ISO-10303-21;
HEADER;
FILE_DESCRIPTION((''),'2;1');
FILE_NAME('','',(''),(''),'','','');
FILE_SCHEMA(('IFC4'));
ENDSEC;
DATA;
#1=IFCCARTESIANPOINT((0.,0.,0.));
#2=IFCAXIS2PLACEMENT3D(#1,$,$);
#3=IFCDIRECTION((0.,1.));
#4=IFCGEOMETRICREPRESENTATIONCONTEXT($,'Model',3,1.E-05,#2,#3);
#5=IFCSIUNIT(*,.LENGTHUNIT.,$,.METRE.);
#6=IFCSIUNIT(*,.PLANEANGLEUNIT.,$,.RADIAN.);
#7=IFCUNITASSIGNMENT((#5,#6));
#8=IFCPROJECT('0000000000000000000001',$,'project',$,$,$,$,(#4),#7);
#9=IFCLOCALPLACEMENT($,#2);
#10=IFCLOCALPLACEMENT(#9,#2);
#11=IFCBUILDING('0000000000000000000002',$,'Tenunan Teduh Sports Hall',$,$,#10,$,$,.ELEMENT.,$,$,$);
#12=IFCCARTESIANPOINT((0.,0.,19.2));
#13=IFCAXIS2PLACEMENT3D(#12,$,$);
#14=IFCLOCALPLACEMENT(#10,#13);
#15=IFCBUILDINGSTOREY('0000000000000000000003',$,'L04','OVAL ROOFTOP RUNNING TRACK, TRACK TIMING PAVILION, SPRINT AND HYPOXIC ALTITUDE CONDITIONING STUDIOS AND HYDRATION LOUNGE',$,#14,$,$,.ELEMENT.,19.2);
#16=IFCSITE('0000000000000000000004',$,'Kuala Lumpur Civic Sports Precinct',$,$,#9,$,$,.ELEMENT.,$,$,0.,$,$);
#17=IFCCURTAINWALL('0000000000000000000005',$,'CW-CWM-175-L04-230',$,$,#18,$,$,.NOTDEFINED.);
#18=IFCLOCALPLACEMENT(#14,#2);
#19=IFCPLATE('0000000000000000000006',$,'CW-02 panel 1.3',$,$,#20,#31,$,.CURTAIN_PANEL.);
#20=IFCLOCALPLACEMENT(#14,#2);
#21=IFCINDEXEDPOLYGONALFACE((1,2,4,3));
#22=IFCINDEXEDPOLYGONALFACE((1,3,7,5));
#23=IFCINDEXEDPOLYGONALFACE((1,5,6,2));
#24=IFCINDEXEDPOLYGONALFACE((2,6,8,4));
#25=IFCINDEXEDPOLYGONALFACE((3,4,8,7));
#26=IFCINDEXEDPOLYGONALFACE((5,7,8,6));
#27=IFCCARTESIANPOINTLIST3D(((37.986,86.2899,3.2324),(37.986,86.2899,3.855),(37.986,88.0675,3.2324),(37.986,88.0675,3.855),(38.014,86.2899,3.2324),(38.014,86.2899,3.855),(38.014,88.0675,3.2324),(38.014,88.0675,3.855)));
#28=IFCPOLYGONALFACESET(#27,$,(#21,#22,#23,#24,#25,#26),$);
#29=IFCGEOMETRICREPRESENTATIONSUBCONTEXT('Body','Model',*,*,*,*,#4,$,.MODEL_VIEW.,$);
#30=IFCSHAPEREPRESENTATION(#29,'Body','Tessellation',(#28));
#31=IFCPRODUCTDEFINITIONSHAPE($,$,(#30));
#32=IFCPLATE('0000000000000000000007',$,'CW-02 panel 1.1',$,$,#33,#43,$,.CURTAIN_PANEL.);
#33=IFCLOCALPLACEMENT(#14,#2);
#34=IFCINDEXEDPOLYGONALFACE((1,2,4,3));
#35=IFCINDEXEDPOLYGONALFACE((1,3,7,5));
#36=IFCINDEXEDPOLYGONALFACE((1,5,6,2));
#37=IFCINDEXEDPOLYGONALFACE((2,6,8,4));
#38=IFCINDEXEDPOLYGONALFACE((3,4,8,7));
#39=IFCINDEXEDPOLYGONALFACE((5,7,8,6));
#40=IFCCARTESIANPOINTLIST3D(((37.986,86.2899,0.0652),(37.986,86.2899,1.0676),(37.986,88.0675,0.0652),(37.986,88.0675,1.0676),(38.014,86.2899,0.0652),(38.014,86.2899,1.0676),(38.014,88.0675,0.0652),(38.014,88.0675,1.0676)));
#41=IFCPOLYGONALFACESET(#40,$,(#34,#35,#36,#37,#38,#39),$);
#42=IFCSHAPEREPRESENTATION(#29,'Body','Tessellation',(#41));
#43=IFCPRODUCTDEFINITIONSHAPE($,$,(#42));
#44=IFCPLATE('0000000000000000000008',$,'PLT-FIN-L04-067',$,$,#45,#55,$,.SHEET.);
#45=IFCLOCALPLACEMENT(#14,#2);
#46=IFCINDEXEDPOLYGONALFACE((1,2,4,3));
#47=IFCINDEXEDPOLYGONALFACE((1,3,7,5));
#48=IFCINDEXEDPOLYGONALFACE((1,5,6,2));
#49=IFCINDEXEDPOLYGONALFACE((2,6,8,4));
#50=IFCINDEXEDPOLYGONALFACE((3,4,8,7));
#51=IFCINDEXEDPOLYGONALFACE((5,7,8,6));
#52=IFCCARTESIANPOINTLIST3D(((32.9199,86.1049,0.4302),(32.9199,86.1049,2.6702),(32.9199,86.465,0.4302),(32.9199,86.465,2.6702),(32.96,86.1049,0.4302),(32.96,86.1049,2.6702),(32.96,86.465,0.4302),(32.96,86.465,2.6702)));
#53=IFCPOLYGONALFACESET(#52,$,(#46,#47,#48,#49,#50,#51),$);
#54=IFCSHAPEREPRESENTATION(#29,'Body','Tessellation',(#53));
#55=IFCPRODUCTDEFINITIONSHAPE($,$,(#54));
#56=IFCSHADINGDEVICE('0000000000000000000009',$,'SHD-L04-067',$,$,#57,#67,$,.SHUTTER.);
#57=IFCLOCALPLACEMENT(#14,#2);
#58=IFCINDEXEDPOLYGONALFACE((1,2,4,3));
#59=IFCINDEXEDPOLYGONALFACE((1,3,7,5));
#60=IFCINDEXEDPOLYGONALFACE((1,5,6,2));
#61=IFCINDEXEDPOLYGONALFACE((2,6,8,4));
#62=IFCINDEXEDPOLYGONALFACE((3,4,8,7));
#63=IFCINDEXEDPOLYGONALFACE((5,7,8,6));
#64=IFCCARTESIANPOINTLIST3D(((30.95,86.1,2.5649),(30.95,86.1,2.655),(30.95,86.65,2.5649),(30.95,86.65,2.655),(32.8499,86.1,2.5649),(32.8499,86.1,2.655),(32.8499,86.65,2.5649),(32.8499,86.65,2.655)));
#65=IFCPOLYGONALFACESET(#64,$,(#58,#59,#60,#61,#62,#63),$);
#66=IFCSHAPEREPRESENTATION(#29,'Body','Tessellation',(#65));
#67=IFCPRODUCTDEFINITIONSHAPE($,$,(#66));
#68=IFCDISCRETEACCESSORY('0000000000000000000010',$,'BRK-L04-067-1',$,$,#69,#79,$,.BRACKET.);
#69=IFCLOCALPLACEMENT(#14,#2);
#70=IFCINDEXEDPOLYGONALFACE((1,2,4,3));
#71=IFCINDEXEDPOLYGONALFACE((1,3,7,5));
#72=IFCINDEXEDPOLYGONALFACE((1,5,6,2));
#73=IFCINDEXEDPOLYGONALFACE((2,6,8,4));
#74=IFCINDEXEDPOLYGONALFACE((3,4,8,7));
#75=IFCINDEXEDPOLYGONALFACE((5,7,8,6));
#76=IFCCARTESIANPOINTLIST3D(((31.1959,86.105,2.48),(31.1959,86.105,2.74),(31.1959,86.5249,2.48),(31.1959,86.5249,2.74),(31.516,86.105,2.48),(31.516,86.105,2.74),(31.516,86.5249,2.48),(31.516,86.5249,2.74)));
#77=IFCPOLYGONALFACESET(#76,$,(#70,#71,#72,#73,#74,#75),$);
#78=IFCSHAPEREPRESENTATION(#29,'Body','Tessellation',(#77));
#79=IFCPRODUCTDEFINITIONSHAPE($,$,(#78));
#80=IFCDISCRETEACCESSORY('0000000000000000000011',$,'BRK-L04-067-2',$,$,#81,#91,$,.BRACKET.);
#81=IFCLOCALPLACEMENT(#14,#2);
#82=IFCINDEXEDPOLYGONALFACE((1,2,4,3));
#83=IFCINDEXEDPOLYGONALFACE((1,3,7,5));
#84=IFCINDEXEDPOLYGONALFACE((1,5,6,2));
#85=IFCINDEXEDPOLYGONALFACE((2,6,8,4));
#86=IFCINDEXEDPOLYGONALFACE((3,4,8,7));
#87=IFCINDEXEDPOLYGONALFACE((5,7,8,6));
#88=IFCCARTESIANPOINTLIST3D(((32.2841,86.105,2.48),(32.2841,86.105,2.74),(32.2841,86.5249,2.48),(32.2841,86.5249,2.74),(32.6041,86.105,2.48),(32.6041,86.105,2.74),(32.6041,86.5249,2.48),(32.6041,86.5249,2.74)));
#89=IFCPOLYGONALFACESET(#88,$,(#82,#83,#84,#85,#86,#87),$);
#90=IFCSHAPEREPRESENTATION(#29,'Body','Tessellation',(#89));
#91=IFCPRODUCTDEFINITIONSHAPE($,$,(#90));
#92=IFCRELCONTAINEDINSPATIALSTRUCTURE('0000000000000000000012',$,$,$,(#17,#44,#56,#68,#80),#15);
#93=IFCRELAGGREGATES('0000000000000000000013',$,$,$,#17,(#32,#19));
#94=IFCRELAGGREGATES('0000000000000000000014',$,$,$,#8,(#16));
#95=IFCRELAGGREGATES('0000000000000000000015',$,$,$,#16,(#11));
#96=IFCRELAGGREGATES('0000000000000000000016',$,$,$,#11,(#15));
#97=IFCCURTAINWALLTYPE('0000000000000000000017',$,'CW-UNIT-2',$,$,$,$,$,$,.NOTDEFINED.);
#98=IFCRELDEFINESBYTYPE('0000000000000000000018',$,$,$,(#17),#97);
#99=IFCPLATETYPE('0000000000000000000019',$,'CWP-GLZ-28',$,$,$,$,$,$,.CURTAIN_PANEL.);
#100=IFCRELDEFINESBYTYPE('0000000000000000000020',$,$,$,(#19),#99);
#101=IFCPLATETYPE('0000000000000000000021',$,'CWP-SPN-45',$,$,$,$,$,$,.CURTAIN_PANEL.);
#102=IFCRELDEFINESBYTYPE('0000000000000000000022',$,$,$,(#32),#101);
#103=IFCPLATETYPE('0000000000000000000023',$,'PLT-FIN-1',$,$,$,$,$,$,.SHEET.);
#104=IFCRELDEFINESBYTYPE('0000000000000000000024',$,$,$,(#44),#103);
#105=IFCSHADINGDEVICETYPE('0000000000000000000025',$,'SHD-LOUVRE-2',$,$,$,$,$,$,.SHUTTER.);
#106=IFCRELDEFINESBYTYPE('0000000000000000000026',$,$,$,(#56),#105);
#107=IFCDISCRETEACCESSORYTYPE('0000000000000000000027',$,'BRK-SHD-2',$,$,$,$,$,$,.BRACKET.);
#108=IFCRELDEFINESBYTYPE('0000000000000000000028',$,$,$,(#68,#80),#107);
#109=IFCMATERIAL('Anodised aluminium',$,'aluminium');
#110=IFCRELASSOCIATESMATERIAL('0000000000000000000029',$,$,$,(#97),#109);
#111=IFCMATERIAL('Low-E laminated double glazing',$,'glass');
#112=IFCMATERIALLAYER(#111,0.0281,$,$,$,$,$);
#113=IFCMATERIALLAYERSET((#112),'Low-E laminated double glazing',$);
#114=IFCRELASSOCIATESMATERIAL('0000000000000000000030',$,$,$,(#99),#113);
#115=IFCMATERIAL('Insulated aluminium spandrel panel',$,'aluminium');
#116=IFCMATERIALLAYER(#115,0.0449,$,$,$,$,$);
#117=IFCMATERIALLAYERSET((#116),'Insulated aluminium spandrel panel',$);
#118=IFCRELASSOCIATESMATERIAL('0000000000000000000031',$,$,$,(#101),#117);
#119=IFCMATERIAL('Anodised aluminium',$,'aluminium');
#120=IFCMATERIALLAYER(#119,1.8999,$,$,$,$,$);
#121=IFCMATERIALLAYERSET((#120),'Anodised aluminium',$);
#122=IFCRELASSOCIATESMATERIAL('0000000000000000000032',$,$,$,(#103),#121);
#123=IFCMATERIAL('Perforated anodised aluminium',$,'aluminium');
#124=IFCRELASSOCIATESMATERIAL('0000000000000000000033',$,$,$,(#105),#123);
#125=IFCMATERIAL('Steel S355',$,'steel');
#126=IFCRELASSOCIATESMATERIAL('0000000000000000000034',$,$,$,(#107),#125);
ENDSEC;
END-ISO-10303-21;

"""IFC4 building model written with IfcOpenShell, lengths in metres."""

from ifc_helpers import new_model, si_unit, direction, frame, origin, origin_2d, place, context, subcontext, project, spatial, rectangle, extrude, material, layer, layer_set, type_object, element, aggregate, save


model = new_model("IFC4")

# Units and contexts
model_context = context("Model", 3, precision=1e-05, world=origin(), true_north=direction((0.0, 1.0)))
body_context = subcontext(model_context, "Body", "Model", "MODEL_VIEW")
ifc_project = project(units=[si_unit("LENGTHUNIT", "METRE"), si_unit("PLANEANGLEUNIT", "RADIAN")], contexts=[model_context])

# Site, building, storey
site_placement = place(None, origin())
site = spatial("IfcSite", under=ifc_project, at=site_placement, Name="Kuala Lumpur Civic Sports Precinct", CompositionType="ELEMENT", RefElevation=0.0)
building_placement = place(site_placement, origin())
building = spatial("IfcBuilding", under=site, at=building_placement, Name="Tenunan Teduh Sports Hall", CompositionType="ELEMENT")
storey_placement = place(building_placement, frame((0.0, 0.0, 19.2)))
storey = spatial("IfcBuildingStorey", under=building, at=storey_placement, Name="L04", Description="OVAL ROOFTOP RUNNING TRACK, TRACK TIMING PAVILION, SPRINT AND HYPOXIC ALTITUDE CONDITIONING STUDIOS AND HYDRATION LOUNGE", CompositionType="ELEMENT", Elevation=19.2)

# Curtain wall, plates
ifc_material_1 = material(Name="Anodised aluminium", Category="aluminium")
curtain_wall_type = type_object("IfcCurtainWallType", Name="CW-UNIT-2", PredefinedType="NOTDEFINED", material=ifc_material_1)
curtain_wall_placement = place(storey_placement, origin())
curtain_wall = element("IfcCurtainWall", 1, at=curtain_wall_placement, inside=storey, type_object=curtain_wall_type, Name="CW-CWM-175-L04-230", PredefinedType="NOTDEFINED")
ifc_material_2 = material(Name="Low-E laminated double glazing", Category="glass")
ifc_layer_1 = layer(ifc_material_2, 0.0281)
ifc_layer_set_1 = layer_set([ifc_layer_1], Name="Low-E laminated double glazing")
plate_type_1 = type_object("IfcPlateType", Name="CWP-GLZ-28", PredefinedType="CURTAIN_PANEL", material=ifc_layer_set_1)
plate_1_placement = place(storey_placement, frame((38.0, 87.1787, 3.2324), z_axis=(0.0, 0.0, 1.0), x_axis=(0.0, 1.0, 0.0)))
plate_1 = element("IfcPlate", 2, at=plate_1_placement, type_object=plate_type_1, Name="CW-02 panel 1.3", PredefinedType="CURTAIN_PANEL", context=body_context, shape_type="SweptSolid", body=[
    extrude(rectangle(XDim=1.7776, YDim=0.0281, at=origin_2d()), origin(), (0.0, 0.0, 1.0), 0.6226),
])
ifc_material_3 = material(Name="Insulated aluminium spandrel panel", Category="aluminium")
ifc_layer_2 = layer(ifc_material_3, 0.0449)
ifc_layer_set_2 = layer_set([ifc_layer_2], Name="Insulated aluminium spandrel panel")
plate_type_2 = type_object("IfcPlateType", Name="CWP-SPN-45", PredefinedType="CURTAIN_PANEL", material=ifc_layer_set_2)
plate_2_placement = place(storey_placement, frame((38.0, 87.1787, 0.0652), z_axis=(0.0, 0.0, 1.0), x_axis=(0.0, 1.0, 0.0)))
plate_2 = element("IfcPlate", 3, at=plate_2_placement, type_object=plate_type_2, Name="CW-02 panel 1.1", PredefinedType="CURTAIN_PANEL", context=body_context, shape_type="SweptSolid", body=[
    extrude(rectangle(XDim=1.7776, YDim=0.0281, at=origin_2d()), origin(), (0.0, 0.0, 1.0), 1.0024),
])
aggregate(curtain_wall, [plate_2, plate_1])

# Plate
ifc_material_4 = material(Name="Anodised aluminium", Category="aluminium")
ifc_layer_3 = layer(ifc_material_4, 1.8999)
ifc_layer_set_3 = layer_set([ifc_layer_3], Name="Anodised aluminium")
plate_type_3 = type_object("IfcPlateType", Name="PLT-FIN-1", PredefinedType="SHEET", material=ifc_layer_set_3)
plate_3_placement = place(storey_placement, frame((32.9399, 86.2849, 0.4302), z_axis=(0.0, 0.0, 1.0), x_axis=(1.0, 0.0, 0.0)))
element("IfcPlate", 4, at=plate_3_placement, inside=storey, type_object=plate_type_3, Name="PLT-FIN-L04-067", PredefinedType="SHEET", context=body_context, shape_type="SweptSolid", body=[
    extrude(rectangle(XDim=0.04, YDim=0.3601, at=origin_2d()), origin(), (0.0, 0.0, 1.0), 2.24),
])

# Shading device
ifc_material_5 = material(Name="Perforated anodised aluminium", Category="aluminium")
shading_device_type = type_object("IfcShadingDeviceType", Name="SHD-LOUVRE-2", PredefinedType="SHUTTER", material=ifc_material_5)
shading_device_placement = place(storey_placement, frame((31.8999, 86.375, 2.5649), z_axis=(0.0, 0.0, 1.0), x_axis=(1.0, 0.0, 0.0)))
element("IfcShadingDevice", 5, at=shading_device_placement, inside=storey, type_object=shading_device_type, Name="SHD-L04-067", PredefinedType="SHUTTER", context=body_context, shape_type="SweptSolid", body=[
    extrude(rectangle(XDim=1.8999, YDim=0.55, at=origin_2d()), origin(), (0.0, 0.0, 1.0), 0.0901),
])

# Discrete accessories
ifc_material_6 = material(Name="Steel S355", Category="steel")
discrete_accessory_type = type_object("IfcDiscreteAccessoryType", Name="BRK-SHD-2", PredefinedType="BRACKET", material=ifc_material_6)
for number, where, z_axis, x_axis, name in (
    (6, (31.356, 86.3149, 2.48), (0.0, 0.0, 1.0), (1.0, 0.0, 0.0), "BRK-L04-067-1"),
    (7, (32.4441, 86.3149, 2.48), (0.0, 0.0, 1.0), (1.0, 0.0, 0.0), "BRK-L04-067-2"),
):
    element("IfcDiscreteAccessory", number, at=place(storey_placement, frame(where, z_axis=z_axis, x_axis=x_axis)), inside=storey, type_object=discrete_accessory_type, Name=name, PredefinedType="BRACKET", context=body_context, shape_type="SweptSolid", body=[
        extrude(rectangle(XDim=0.3201, YDim=0.4199, at=origin_2d()), origin(), (0.0, 0.0, 1.0), 0.26),
    ])

save(model, "model.ifc")
